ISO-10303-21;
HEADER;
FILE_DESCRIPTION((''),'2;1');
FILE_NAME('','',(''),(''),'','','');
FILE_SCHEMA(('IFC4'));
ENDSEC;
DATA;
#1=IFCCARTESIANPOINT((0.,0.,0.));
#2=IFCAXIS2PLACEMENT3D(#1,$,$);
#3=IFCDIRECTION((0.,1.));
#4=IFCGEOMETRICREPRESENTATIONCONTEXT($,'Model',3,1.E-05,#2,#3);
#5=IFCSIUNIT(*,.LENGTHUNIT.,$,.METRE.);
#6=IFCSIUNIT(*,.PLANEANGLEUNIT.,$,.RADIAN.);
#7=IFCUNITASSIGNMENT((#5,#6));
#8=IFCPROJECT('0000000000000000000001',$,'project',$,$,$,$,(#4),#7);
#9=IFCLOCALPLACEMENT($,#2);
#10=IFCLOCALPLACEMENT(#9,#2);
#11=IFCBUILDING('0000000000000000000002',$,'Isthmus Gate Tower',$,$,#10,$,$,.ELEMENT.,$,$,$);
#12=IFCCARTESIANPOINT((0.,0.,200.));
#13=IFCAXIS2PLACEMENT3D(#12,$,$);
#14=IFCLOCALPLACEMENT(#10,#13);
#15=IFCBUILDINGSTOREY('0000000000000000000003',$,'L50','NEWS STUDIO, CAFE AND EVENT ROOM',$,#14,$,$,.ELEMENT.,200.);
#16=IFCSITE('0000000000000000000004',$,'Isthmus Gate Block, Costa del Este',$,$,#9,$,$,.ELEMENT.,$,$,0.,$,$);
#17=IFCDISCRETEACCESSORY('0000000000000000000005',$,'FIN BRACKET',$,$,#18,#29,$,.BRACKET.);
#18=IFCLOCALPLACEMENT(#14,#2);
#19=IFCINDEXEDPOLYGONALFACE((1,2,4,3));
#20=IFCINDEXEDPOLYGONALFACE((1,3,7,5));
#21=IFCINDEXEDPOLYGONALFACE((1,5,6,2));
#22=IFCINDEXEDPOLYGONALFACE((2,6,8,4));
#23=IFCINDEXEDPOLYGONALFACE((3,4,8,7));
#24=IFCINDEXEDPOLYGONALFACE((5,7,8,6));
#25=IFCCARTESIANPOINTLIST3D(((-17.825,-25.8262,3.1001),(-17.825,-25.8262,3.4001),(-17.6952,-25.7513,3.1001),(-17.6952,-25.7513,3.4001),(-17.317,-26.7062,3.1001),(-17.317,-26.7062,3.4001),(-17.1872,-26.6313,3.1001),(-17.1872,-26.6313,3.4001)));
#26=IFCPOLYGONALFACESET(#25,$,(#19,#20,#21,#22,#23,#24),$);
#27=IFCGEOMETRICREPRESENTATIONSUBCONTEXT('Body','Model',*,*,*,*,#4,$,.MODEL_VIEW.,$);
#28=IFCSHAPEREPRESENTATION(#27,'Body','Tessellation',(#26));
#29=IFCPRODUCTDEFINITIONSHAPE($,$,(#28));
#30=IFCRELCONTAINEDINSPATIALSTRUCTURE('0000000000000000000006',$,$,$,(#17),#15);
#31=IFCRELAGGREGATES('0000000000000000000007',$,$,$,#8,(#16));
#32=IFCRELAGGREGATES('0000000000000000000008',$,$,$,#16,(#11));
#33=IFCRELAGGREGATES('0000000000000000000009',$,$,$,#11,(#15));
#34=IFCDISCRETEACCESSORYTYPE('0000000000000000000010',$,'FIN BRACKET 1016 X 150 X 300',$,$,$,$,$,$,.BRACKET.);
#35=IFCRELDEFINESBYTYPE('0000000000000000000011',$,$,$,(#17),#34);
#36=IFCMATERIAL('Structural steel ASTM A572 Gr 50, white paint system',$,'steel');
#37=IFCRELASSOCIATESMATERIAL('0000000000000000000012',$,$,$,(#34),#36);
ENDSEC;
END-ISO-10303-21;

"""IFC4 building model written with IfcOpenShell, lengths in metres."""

from ifc_helpers import new_model, si_unit, direction, frame, origin, origin_2d, place, context, subcontext, project, spatial, rectangle, extrude, material, type_object, element, save


model = new_model("IFC4")

# Units and contexts
model_context = context("Model", 3, precision=1e-05, world=origin(), true_north=direction((0.0, 1.0)))
body_context = subcontext(model_context, "Body", "Model", "MODEL_VIEW")
ifc_project = project(units=[si_unit("LENGTHUNIT", "METRE"), si_unit("PLANEANGLEUNIT", "RADIAN")], contexts=[model_context])

# Site, building, storey
site_placement = place(None, origin())
site = spatial("IfcSite", under=ifc_project, at=site_placement, Name="Isthmus Gate Block, Costa del Este", CompositionType="ELEMENT", RefElevation=0.0)
building_placement = place(site_placement, origin())
building = spatial("IfcBuilding", under=site, at=building_placement, Name="Isthmus Gate Tower", CompositionType="ELEMENT")
storey_placement = place(building_placement, frame((0.0, 0.0, 200.0)))
storey = spatial("IfcBuildingStorey", under=building, at=storey_placement, Name="L50", Description="NEWS STUDIO, CAFE AND EVENT ROOM", CompositionType="ELEMENT", Elevation=200.0)

# Discrete accessory
ifc_material_1 = material(Name="Structural steel ASTM A572 Gr 50, white paint system", Category="steel")
discrete_accessory_type = type_object("IfcDiscreteAccessoryType", Name="FIN BRACKET 1016 X 150 X 300", PredefinedType="BRACKET", material=ifc_material_1)
for number, where, z_axis, x_axis, name in (
    (1, (-17.5061, -26.2288, 3.1001), (0.0, 0.0, 1.0), (-0.866025, -0.5, 0.0), "FIN BRACKET"),
):
    element("IfcDiscreteAccessory", number, at=place(storey_placement, frame(where, z_axis=z_axis, x_axis=x_axis)), inside=storey, type_object=discrete_accessory_type, Name=name, PredefinedType="BRACKET", context=body_context, shape_type="SweptSolid", body=[
        extrude(rectangle(XDim=0.1499, YDim=1.0161, at=origin_2d()), origin(), (0.0, 0.0, 1.0), 0.3),
    ])

save(model, "model.ifc")
